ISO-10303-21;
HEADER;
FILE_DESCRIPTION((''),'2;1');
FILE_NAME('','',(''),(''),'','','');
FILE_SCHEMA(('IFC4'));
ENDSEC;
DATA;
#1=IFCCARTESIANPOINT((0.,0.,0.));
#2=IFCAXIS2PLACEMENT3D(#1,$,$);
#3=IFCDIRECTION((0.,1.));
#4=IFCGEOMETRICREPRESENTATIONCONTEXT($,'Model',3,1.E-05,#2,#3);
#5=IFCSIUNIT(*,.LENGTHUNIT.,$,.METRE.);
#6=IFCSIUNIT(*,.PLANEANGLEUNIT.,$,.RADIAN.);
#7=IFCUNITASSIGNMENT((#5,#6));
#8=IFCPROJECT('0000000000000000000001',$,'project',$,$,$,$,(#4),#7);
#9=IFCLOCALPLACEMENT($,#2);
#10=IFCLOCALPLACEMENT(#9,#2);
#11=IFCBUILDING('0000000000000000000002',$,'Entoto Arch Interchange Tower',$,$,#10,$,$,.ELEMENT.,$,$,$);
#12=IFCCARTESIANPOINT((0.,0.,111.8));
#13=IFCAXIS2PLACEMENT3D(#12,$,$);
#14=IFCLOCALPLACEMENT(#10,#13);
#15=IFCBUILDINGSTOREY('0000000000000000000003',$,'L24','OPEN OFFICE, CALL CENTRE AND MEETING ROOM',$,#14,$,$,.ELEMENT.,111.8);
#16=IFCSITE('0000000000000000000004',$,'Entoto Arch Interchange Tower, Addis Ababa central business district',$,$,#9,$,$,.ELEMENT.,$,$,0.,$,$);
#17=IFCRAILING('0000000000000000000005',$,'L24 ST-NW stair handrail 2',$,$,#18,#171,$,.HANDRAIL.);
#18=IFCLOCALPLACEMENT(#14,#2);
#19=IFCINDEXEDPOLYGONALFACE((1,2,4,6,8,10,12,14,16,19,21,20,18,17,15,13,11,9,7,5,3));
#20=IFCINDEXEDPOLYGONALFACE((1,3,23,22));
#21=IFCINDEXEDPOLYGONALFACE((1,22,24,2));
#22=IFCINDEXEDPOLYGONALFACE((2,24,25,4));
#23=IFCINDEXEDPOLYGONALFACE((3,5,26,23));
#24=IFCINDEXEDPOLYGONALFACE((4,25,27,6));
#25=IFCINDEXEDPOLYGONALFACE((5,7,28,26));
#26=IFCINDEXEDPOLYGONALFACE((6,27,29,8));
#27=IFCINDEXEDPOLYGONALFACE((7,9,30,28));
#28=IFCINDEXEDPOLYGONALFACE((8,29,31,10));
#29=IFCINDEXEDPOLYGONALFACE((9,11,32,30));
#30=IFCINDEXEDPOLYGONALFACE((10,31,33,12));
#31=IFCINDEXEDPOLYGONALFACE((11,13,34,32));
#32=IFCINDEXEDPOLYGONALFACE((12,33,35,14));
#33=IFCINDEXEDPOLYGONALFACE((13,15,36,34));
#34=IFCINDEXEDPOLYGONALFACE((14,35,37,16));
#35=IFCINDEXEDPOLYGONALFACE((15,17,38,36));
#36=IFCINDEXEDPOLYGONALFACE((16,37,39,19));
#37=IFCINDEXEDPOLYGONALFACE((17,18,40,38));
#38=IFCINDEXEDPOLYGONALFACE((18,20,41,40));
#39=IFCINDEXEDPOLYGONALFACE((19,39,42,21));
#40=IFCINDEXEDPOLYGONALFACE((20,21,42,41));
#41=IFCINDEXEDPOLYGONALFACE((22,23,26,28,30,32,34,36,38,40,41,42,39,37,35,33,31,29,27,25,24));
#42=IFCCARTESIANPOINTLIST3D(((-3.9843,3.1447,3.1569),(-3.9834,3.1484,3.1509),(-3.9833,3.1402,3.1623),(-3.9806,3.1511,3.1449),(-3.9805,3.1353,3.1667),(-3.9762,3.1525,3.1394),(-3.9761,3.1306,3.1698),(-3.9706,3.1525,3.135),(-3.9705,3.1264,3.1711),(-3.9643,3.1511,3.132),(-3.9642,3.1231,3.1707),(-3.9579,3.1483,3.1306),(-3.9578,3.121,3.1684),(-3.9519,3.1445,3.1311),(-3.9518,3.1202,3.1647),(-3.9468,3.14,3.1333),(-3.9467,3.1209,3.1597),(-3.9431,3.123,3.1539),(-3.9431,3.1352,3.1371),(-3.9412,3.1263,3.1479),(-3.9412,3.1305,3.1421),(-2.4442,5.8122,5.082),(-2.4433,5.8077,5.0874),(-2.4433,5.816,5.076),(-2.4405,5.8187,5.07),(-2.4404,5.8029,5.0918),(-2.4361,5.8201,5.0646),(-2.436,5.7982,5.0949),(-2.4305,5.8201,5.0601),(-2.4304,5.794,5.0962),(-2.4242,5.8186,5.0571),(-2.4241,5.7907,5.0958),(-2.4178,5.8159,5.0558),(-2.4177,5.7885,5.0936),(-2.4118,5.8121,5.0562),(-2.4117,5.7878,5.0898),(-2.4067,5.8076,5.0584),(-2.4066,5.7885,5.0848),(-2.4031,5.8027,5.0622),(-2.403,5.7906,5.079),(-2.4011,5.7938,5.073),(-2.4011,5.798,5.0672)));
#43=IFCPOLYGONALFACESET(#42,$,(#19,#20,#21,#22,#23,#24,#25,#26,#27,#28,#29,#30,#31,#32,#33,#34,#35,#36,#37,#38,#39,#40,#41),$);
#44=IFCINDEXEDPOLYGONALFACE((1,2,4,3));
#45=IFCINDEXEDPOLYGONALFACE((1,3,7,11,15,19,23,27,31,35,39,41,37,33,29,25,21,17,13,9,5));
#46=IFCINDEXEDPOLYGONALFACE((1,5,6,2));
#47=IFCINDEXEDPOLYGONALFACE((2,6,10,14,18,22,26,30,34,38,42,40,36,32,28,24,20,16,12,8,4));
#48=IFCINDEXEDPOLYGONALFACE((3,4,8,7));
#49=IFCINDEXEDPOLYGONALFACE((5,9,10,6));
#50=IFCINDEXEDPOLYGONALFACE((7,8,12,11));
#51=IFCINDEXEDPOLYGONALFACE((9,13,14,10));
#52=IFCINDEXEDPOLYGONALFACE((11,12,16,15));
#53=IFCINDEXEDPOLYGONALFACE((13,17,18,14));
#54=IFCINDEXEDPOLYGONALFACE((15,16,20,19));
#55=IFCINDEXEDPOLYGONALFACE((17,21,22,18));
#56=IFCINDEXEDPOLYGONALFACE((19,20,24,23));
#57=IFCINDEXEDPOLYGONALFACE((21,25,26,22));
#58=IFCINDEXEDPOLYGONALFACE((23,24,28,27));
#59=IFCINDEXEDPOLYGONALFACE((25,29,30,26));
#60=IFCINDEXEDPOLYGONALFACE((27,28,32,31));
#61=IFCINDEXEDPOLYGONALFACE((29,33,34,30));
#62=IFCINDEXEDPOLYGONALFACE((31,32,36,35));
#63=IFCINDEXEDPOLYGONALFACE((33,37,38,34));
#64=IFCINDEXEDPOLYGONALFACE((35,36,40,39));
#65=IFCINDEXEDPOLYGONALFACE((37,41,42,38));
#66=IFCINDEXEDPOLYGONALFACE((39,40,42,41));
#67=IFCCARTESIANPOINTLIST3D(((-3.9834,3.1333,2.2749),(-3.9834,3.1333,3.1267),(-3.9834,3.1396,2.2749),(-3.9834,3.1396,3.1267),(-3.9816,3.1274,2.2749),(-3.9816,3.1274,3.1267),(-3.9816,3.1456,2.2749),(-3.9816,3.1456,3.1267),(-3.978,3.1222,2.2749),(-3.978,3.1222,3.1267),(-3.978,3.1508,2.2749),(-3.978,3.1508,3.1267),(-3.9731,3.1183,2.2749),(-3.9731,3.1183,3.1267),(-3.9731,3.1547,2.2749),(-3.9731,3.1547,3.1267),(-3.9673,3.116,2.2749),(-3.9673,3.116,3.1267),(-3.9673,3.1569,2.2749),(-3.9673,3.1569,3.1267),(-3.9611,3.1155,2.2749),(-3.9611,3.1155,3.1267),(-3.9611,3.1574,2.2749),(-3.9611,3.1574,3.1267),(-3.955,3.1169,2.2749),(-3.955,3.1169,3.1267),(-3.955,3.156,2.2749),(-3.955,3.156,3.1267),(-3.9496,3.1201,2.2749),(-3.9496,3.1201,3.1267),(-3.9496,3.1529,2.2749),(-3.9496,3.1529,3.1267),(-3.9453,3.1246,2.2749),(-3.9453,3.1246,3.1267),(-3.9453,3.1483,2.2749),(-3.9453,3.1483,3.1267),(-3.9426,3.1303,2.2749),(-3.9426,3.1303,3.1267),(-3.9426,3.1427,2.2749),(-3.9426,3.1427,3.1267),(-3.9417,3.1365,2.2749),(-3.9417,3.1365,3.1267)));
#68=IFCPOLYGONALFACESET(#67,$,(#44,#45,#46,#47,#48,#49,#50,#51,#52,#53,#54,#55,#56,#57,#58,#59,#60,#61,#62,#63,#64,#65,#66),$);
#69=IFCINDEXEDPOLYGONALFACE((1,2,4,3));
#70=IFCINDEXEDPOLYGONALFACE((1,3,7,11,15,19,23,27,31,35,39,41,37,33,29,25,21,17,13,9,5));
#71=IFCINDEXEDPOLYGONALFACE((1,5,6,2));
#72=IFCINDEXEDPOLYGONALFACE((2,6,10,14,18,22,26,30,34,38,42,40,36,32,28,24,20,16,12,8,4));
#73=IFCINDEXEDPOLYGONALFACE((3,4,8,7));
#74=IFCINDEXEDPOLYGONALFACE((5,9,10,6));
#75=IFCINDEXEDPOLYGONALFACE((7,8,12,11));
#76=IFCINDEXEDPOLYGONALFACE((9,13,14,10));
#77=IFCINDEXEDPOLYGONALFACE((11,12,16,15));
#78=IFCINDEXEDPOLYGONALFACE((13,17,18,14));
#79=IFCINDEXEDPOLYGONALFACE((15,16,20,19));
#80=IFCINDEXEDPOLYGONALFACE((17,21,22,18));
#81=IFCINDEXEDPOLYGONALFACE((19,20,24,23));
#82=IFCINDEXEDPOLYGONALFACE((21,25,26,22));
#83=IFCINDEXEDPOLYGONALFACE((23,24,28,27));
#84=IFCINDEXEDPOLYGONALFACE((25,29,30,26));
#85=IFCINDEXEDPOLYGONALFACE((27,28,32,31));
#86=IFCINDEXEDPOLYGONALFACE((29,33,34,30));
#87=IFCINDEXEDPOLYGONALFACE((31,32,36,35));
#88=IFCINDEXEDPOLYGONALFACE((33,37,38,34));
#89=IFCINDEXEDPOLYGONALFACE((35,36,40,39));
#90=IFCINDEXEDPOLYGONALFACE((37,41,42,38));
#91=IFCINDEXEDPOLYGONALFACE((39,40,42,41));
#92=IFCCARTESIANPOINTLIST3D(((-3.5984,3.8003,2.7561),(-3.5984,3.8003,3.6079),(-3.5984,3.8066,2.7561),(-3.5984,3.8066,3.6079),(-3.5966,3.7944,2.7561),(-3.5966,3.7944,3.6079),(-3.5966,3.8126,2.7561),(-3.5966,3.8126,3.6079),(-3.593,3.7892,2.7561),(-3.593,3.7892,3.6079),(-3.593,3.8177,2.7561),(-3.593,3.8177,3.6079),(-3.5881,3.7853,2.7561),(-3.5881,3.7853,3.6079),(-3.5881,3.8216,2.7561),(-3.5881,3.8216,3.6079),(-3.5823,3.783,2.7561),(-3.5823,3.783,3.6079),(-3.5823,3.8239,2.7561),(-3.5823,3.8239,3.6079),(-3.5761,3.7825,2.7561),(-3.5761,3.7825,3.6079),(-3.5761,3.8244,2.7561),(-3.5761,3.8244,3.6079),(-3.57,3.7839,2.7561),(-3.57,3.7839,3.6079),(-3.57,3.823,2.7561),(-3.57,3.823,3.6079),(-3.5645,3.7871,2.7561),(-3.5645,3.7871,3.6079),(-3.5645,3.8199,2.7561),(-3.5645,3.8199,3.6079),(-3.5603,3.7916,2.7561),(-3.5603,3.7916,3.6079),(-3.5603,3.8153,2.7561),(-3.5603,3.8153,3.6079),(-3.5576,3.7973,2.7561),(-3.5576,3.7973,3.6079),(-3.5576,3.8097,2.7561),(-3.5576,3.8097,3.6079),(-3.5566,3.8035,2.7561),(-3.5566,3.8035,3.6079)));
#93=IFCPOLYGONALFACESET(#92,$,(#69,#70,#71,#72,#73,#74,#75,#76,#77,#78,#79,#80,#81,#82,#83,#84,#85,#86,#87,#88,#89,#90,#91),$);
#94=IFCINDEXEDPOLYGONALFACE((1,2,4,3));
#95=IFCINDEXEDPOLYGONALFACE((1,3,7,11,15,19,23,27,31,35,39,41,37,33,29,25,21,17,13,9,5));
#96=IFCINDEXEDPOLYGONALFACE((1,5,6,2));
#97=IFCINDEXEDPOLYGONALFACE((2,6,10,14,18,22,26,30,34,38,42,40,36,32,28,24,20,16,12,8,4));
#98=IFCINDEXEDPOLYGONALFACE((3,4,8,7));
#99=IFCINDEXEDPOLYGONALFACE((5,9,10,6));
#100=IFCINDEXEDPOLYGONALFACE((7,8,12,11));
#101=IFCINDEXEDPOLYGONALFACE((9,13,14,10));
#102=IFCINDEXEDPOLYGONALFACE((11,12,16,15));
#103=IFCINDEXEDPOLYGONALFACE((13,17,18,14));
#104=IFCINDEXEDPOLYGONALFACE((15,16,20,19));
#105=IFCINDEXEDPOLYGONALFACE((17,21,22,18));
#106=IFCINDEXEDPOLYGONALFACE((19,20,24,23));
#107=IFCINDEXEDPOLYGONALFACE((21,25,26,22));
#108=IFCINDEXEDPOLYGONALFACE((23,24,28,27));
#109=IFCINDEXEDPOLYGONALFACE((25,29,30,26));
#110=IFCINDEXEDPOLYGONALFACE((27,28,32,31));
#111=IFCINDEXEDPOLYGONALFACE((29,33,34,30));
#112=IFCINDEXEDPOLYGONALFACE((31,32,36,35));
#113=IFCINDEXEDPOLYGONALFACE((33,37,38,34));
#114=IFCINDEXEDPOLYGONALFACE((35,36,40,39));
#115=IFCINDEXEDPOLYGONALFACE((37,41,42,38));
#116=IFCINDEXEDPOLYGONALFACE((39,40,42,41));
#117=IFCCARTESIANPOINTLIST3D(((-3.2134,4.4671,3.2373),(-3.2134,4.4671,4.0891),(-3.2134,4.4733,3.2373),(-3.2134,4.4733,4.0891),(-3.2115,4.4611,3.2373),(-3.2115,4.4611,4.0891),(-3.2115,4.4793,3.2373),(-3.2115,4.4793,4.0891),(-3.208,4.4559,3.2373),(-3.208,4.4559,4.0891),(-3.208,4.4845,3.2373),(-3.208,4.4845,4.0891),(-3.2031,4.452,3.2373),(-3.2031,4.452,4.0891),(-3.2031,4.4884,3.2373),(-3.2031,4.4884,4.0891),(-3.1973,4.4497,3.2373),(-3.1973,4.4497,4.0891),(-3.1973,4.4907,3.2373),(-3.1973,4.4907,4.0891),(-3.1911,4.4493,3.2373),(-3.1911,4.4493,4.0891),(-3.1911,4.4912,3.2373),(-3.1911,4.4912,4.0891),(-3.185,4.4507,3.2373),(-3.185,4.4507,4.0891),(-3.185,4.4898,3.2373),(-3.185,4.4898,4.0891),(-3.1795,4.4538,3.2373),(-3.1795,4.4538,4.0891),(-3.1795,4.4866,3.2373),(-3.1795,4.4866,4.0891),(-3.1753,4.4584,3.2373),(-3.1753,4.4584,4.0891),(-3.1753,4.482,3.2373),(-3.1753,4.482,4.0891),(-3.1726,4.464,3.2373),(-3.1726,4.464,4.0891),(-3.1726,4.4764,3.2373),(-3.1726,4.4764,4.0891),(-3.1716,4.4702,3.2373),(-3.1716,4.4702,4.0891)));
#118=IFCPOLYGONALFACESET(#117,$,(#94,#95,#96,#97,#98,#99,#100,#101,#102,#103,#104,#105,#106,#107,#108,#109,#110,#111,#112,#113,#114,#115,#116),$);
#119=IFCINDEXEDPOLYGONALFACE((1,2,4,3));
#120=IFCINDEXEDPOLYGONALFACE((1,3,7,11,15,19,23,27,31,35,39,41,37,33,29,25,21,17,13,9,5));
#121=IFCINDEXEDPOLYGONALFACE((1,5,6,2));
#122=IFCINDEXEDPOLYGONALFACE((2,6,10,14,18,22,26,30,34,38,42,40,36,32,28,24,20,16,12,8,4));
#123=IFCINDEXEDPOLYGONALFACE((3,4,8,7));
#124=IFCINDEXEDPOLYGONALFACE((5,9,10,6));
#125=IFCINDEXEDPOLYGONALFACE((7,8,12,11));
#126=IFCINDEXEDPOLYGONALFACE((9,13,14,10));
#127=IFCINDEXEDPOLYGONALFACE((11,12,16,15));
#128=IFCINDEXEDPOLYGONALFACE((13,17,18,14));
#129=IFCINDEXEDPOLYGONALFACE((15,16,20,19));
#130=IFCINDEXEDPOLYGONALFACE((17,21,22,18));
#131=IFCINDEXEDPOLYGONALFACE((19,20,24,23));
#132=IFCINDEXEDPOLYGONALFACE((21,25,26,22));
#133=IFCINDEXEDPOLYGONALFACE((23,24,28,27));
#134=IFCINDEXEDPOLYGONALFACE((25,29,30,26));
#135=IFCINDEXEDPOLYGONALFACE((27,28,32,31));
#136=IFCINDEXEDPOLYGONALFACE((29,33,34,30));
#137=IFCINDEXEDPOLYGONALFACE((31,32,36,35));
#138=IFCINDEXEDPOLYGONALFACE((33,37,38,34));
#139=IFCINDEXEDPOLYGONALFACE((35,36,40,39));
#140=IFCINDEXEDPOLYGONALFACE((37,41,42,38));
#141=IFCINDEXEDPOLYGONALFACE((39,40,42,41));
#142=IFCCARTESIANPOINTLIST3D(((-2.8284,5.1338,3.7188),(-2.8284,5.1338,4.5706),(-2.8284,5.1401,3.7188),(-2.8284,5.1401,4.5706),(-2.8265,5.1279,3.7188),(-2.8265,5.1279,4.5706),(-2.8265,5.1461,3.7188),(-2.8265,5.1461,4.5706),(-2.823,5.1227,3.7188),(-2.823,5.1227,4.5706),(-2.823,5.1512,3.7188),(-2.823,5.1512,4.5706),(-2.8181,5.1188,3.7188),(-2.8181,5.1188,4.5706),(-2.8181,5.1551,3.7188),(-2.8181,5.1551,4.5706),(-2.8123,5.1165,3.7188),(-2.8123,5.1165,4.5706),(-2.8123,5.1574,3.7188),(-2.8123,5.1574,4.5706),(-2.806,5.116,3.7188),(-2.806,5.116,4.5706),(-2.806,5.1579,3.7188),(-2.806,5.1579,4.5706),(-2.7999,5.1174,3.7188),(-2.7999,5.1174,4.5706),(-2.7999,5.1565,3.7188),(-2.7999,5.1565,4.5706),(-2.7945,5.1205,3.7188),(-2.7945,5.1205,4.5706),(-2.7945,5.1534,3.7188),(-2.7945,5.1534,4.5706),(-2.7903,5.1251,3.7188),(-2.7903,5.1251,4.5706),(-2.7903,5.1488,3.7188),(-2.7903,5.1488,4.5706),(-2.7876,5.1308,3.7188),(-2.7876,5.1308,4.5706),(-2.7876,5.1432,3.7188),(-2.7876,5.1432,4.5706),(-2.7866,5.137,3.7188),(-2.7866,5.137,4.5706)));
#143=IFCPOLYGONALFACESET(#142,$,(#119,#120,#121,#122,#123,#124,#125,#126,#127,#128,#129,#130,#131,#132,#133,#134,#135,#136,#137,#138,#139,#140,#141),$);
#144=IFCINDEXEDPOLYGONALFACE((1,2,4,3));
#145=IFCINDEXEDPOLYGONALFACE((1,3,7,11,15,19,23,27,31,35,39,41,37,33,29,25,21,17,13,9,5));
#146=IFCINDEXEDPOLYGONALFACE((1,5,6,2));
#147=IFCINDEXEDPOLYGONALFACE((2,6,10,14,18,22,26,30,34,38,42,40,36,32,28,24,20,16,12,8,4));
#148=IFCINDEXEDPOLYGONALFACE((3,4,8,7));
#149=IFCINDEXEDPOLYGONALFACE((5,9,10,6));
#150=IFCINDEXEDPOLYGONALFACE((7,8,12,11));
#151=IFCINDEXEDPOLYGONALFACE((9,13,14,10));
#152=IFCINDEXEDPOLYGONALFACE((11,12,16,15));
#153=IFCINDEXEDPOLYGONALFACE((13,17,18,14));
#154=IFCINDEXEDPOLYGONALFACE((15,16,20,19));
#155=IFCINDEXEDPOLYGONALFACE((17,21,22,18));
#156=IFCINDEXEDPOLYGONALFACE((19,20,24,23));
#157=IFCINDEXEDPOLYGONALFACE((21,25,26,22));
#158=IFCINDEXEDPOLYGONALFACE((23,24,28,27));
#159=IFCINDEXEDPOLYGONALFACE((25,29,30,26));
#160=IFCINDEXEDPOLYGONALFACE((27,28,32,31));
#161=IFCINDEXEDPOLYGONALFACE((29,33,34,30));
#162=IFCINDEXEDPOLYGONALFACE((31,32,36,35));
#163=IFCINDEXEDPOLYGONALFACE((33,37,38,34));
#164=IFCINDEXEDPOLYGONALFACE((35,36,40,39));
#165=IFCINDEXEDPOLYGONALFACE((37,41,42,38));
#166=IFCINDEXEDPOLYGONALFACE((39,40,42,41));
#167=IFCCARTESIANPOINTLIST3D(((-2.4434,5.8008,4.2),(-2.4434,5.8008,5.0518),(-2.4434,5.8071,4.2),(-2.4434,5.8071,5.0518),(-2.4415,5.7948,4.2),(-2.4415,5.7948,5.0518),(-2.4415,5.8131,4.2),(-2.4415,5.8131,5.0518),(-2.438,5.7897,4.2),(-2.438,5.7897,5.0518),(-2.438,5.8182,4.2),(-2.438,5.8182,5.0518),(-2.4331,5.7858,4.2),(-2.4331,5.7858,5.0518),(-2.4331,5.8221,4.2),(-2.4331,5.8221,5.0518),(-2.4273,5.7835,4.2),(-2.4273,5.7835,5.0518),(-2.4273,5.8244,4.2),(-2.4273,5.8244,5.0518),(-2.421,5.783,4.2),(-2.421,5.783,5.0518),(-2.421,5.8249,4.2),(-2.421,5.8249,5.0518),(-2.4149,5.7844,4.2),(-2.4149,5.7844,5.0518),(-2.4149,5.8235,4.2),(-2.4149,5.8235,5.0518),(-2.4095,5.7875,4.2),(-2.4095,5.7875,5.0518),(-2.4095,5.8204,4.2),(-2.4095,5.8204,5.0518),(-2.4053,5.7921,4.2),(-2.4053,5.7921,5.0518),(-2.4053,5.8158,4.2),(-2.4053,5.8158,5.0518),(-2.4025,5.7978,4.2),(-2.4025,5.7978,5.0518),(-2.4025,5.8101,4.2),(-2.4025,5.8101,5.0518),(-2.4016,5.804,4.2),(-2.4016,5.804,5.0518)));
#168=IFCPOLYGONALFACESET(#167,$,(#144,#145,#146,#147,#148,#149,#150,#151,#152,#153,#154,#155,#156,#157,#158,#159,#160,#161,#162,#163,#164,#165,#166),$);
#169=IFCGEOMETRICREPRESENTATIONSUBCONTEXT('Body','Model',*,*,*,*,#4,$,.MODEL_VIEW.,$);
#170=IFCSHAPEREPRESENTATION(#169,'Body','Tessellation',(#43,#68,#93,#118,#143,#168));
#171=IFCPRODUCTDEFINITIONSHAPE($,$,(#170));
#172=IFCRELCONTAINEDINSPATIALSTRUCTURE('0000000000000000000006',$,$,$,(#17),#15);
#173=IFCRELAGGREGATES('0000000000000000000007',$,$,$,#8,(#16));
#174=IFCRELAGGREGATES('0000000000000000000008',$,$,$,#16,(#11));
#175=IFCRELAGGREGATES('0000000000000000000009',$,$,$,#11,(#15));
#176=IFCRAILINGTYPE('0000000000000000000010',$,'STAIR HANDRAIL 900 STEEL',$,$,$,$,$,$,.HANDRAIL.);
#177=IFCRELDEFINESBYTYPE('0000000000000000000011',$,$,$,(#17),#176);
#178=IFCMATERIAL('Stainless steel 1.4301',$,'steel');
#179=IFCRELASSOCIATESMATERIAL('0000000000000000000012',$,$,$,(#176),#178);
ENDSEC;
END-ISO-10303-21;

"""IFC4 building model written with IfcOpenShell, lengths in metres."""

from ifc_helpers import new_model, si_unit, direction, frame, origin, origin_2d, place, context, subcontext, project, spatial, circle, extrude, material, type_object, element, save


model = new_model("IFC4")

# Units and contexts
model_context = context("Model", 3, precision=1e-05, world=origin(), true_north=direction((0.0, 1.0)))
body_context = subcontext(model_context, "Body", "Model", "MODEL_VIEW")
ifc_project = project(units=[si_unit("LENGTHUNIT", "METRE"), si_unit("PLANEANGLEUNIT", "RADIAN")], contexts=[model_context])

# Site, building, storey
site_placement = place(None, origin())
site = spatial("IfcSite", under=ifc_project, at=site_placement, Name="Entoto Arch Interchange Tower, Addis Ababa central business district", CompositionType="ELEMENT", RefElevation=0.0)
building_placement = place(site_placement, origin())
building = spatial("IfcBuilding", under=site, at=building_placement, Name="Entoto Arch Interchange Tower", CompositionType="ELEMENT")
storey_placement = place(building_placement, frame((0.0, 0.0, 111.8)))
storey = spatial("IfcBuildingStorey", under=building, at=storey_placement, Name="L24", Description="OPEN OFFICE, CALL CENTRE AND MEETING ROOM", CompositionType="ELEMENT", Elevation=111.8)

# Railing
ifc_material_1 = material(Name="Stainless steel 1.4301", Category="steel")
railing_type_1 = type_object("IfcRailingType", Name="STAIR HANDRAIL 900 STEEL", PredefinedType="HANDRAIL", material=ifc_material_1)
railing_1_placement = place(storey_placement, frame((-3.9626, 3.1365, 2.2749)))
element("IfcRailing", 1, at=railing_1_placement, inside=storey, type_object=railing_type_1, Name="L24 ST-NW stair handrail 2", PredefinedType="HANDRAIL", context=body_context, shape_type="SweptSolid", body=[
    extrude(circle(Radius=0.0239, at=origin_2d()), frame((0.0, 0.0, 0.876), z_axis=(0.423994, 0.734395, 0.529993), x_axis=(-0.86603, 0.499992, 0.0)), (0.0, 0.0, 1.0), 3.6323),
    extrude(circle(Radius=0.021, at=origin_2d()), origin(), (0.0, 0.0, 1.0), 0.8518),
    extrude(circle(Radius=0.021, at=origin_2d()), frame((0.385, 0.667, 0.4812)), (0.0, 0.0, 1.0), 0.8518),
    extrude(circle(Radius=0.021, at=origin_2d()), frame((0.77, 1.3337, 0.9624)), (0.0, 0.0, 1.0), 0.8518),
    extrude(circle(Radius=0.021, at=origin_2d()), frame((1.155, 2.0005, 1.4438)), (0.0, 0.0, 1.0), 0.8518),
    extrude(circle(Radius=0.021, at=origin_2d()), frame((1.54, 2.6675, 1.925)), (0.0, 0.0, 1.0), 0.8518),
])

save(model, "model.ifc")
